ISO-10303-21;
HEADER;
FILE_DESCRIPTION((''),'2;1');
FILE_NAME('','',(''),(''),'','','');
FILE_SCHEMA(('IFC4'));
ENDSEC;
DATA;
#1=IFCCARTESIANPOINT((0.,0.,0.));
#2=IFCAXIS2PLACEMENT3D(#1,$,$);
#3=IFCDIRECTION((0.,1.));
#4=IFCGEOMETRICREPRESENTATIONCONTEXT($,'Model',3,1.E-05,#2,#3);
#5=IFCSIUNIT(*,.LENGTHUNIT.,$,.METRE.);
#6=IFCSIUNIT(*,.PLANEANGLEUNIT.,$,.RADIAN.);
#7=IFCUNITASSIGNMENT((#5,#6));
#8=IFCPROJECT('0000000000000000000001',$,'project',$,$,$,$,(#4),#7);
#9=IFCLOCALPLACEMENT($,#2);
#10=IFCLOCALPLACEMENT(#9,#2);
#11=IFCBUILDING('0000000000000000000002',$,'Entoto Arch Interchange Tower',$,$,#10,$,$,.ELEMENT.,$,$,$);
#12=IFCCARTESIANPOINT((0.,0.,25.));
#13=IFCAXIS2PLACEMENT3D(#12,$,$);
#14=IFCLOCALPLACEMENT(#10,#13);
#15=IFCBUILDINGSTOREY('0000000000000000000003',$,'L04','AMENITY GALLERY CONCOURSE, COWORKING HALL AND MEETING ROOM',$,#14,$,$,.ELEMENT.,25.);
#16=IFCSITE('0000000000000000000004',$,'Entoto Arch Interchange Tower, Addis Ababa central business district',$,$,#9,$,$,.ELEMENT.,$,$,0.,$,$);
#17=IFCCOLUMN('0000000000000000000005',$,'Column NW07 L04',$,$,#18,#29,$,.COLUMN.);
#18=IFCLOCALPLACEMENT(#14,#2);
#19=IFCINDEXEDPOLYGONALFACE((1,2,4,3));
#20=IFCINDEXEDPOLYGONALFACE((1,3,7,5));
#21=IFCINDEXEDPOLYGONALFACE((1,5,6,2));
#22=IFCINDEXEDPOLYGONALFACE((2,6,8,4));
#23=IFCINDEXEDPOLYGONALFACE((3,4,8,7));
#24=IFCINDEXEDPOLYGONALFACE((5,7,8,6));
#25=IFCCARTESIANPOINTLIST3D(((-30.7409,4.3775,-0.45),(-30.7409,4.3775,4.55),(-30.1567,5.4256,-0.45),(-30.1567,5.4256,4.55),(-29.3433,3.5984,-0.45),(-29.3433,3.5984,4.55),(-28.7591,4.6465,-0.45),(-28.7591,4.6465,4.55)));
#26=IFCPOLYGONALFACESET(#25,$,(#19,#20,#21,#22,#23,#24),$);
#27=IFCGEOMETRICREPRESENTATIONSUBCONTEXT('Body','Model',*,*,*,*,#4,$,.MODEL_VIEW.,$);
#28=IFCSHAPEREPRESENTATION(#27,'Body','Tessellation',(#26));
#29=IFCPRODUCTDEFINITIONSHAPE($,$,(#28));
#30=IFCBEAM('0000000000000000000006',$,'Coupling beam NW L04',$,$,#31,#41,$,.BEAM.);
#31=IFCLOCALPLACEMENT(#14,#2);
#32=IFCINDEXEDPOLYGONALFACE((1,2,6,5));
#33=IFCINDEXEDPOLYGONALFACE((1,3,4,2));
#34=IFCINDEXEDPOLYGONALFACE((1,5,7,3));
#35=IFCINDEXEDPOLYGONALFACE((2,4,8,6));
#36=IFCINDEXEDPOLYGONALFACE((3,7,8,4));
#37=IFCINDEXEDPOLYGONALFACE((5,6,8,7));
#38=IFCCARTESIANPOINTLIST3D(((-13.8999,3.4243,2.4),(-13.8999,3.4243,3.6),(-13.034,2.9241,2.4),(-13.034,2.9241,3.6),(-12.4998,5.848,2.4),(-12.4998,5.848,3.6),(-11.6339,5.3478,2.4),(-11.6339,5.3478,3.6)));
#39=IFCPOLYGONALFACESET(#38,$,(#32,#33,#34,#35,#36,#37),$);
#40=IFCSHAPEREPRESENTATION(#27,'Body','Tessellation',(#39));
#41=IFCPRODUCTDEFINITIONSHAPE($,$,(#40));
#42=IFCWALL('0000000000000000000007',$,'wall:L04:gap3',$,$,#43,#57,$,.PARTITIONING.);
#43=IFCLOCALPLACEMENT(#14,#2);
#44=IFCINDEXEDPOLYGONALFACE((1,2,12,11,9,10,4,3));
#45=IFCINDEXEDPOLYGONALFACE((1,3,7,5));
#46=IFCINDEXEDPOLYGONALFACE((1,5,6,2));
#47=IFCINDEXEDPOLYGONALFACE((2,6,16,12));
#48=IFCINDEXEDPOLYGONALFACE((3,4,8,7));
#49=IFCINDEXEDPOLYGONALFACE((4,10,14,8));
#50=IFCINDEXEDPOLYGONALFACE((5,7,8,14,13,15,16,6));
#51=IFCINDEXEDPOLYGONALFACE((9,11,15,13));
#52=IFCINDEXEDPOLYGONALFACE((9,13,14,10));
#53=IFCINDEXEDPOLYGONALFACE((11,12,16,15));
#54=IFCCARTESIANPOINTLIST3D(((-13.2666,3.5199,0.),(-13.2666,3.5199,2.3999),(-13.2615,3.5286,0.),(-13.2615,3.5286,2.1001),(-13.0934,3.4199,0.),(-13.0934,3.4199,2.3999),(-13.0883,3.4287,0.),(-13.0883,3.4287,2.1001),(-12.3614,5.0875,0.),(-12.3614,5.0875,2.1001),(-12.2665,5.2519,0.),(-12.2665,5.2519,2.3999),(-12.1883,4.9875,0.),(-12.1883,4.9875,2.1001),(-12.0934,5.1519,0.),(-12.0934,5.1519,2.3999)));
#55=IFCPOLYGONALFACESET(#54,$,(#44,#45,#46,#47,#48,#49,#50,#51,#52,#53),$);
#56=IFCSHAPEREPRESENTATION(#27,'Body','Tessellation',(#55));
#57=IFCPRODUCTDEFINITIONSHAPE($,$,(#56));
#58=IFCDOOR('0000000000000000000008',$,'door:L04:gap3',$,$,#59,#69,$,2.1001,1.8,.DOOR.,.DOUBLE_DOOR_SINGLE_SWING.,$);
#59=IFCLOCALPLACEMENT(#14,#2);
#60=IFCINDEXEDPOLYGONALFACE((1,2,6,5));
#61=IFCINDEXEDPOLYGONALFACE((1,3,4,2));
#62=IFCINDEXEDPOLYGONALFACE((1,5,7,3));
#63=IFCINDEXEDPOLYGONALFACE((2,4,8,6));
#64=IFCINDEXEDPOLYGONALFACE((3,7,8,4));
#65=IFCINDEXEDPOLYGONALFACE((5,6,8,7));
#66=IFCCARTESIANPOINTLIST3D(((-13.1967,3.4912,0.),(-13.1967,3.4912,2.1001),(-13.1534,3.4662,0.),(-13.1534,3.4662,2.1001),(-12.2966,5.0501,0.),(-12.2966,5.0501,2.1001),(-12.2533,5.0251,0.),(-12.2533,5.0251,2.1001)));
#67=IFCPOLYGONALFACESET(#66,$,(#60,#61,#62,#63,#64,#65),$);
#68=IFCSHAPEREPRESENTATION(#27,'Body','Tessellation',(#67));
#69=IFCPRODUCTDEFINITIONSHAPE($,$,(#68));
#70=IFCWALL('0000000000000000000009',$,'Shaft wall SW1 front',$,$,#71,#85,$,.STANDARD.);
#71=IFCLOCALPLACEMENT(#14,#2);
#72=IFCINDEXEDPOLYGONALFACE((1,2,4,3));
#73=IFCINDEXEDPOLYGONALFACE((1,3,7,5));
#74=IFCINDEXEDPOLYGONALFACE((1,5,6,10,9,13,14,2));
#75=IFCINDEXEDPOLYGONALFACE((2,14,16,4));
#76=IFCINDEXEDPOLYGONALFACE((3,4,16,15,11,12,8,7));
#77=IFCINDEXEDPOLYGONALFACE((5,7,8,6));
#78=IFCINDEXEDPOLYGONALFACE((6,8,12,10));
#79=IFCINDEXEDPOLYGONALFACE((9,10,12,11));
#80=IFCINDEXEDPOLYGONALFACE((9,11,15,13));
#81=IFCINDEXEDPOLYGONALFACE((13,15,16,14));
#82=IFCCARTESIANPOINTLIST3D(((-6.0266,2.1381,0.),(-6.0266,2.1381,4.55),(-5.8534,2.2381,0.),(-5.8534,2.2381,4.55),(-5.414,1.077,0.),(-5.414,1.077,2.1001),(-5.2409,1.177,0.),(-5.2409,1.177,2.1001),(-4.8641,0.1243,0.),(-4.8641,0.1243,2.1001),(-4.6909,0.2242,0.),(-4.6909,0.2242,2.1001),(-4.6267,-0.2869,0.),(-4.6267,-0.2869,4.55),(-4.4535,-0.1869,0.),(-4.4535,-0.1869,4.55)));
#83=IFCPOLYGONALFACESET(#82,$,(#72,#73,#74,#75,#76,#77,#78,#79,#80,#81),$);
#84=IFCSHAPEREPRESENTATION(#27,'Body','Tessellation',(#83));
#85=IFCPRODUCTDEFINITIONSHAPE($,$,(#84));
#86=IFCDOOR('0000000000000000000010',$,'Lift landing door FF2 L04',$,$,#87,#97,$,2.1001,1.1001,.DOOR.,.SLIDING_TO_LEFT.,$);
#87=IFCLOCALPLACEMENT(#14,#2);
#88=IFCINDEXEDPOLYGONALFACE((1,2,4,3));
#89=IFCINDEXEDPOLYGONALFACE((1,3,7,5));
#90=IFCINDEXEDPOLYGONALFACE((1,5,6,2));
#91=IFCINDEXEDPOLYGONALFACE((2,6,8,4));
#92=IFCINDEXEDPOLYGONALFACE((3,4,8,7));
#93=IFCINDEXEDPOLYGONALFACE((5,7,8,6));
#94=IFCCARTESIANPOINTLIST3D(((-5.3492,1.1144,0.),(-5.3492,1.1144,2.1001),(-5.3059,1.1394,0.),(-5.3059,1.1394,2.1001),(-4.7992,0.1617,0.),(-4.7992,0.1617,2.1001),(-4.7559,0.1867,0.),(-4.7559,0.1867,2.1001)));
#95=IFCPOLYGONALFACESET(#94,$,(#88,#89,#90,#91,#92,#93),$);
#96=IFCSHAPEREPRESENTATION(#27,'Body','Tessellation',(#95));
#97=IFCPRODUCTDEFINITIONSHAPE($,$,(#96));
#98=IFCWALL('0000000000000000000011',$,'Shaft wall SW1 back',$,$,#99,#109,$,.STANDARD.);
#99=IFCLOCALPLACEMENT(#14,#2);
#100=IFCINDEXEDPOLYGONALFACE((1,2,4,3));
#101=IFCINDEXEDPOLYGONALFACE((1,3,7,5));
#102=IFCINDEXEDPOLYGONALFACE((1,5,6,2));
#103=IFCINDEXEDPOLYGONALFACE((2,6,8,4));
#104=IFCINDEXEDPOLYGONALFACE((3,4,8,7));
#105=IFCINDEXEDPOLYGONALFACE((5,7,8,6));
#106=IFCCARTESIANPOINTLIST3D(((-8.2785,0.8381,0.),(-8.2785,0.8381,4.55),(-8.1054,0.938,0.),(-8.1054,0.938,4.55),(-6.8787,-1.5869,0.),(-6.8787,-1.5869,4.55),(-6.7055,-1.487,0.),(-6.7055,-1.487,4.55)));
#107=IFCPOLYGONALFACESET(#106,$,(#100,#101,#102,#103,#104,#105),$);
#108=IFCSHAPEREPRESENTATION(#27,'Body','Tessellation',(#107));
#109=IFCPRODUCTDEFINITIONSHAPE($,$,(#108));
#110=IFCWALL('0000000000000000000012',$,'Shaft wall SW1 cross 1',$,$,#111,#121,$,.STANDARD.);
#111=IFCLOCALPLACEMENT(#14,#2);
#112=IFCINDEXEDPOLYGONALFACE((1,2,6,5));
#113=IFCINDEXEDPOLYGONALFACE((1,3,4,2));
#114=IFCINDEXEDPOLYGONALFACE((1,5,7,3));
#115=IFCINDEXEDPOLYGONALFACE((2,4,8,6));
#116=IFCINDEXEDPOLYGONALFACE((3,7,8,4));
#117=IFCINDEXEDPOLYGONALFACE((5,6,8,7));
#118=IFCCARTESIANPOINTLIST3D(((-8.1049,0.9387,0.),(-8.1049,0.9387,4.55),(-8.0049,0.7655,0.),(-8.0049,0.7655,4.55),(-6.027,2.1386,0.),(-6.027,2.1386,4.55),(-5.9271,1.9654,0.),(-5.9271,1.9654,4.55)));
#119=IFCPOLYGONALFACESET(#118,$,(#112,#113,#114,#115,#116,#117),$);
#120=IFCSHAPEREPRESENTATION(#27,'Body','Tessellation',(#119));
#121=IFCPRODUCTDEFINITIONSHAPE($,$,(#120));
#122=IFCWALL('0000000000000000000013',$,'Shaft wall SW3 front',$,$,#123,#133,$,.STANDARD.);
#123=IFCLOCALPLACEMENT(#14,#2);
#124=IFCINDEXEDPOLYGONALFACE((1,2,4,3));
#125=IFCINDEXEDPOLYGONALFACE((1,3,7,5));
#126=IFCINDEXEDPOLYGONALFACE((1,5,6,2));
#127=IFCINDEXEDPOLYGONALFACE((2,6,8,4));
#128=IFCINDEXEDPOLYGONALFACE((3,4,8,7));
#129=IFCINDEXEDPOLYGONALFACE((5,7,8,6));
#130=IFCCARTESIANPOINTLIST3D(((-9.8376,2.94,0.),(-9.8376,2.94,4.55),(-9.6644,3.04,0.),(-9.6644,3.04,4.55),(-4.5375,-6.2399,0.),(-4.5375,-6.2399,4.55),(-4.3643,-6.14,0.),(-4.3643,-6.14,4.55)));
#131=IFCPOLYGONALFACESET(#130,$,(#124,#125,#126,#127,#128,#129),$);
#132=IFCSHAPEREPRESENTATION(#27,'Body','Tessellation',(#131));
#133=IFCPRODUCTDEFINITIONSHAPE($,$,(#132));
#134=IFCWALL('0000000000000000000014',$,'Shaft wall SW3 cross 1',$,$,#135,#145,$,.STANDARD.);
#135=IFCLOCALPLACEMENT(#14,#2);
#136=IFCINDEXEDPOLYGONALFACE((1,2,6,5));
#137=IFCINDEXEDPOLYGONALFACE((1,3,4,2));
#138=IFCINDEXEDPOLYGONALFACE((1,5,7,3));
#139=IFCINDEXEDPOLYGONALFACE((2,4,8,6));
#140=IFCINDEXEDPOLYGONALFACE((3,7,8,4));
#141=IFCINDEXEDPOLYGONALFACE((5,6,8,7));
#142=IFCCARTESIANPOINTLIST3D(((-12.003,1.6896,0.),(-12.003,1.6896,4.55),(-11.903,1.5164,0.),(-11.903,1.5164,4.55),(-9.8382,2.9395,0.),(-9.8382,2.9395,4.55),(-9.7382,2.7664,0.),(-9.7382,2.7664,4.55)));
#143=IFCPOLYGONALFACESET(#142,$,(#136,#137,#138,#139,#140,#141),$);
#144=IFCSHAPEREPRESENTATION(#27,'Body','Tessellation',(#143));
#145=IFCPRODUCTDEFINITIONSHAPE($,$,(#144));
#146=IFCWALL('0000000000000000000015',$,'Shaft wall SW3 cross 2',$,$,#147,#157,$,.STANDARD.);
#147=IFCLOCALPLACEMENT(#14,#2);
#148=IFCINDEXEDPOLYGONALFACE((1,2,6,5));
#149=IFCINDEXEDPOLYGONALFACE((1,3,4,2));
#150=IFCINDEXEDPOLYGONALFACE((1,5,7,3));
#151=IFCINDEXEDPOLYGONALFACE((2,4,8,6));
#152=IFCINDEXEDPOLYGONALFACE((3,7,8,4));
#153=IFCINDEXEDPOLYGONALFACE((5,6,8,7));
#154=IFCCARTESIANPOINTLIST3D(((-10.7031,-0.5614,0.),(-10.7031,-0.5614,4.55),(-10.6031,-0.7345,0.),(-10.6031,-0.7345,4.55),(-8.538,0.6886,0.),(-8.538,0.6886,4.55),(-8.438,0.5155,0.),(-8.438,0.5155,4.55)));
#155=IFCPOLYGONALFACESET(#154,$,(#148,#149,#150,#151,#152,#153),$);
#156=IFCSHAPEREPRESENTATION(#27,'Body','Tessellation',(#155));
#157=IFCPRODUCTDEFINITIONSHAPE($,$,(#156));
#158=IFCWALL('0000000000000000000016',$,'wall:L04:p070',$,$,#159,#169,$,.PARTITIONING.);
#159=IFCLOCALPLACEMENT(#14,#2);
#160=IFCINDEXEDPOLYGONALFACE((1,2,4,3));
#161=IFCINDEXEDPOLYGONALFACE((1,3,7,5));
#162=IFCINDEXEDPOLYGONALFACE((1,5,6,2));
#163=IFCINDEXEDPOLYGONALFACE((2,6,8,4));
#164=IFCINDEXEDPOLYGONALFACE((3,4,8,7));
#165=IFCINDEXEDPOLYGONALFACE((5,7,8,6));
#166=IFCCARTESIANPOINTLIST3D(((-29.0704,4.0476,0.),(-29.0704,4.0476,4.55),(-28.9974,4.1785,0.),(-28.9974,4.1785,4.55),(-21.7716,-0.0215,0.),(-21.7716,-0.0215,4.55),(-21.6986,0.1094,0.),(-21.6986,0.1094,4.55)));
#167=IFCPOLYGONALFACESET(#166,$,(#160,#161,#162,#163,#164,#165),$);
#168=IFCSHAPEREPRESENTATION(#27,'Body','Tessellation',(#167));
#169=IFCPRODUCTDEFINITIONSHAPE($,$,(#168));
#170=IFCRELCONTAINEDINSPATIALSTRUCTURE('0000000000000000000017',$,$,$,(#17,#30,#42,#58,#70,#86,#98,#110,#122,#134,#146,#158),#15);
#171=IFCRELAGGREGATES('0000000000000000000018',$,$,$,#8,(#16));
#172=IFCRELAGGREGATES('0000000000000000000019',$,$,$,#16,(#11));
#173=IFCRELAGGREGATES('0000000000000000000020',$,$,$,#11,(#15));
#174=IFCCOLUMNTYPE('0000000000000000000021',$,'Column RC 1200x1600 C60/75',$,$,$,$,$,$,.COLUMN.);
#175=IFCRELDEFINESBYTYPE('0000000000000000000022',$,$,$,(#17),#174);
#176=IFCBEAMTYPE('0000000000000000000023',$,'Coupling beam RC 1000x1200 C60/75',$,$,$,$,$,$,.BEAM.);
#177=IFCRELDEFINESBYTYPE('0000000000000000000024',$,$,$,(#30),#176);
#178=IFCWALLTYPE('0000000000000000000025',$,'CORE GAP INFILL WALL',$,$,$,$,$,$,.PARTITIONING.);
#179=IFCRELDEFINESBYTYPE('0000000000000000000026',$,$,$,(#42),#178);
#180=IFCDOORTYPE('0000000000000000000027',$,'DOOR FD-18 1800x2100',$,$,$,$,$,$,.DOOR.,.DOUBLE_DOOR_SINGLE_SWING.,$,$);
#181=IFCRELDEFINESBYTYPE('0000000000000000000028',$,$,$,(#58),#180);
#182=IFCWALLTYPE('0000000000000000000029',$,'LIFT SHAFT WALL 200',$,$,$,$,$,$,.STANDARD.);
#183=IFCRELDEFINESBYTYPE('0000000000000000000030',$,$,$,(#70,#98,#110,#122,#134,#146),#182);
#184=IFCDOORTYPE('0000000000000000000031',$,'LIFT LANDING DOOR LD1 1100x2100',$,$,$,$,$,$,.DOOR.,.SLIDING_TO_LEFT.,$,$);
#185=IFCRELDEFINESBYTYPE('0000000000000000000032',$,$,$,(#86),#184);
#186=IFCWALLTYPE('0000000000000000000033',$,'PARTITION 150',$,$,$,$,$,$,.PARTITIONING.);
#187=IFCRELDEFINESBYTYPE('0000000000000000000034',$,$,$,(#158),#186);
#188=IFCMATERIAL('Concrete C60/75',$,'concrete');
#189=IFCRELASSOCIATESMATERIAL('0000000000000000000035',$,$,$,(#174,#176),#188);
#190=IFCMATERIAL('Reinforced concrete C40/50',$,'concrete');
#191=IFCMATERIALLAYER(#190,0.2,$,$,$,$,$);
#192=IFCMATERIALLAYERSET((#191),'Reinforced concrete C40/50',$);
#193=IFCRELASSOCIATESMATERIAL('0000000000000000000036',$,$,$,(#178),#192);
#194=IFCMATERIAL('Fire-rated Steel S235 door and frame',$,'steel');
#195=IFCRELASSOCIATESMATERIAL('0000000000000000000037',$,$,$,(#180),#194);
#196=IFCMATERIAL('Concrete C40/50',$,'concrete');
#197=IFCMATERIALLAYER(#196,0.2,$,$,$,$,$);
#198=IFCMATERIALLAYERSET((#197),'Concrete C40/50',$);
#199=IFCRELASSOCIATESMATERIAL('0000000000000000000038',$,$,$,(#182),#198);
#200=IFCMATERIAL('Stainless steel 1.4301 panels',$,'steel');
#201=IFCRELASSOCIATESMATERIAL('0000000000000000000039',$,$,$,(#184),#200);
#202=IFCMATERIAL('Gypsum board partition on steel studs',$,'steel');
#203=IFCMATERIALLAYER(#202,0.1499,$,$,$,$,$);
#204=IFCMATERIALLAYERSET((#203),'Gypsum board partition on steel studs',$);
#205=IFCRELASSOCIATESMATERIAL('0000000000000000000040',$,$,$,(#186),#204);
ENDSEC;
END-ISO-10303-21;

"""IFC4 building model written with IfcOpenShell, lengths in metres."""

from ifc_helpers import new_model, si_unit, direction, frame, frame_2d, origin, origin_2d, place, context, subcontext, project, spatial, rectangle, extrude, material, layer, layer_set, material_profile, profile_set, type_object, element, fill, save


model = new_model("IFC4")

# Units and contexts
model_context = context("Model", 3, precision=1e-05, world=origin(), true_north=direction((0.0, 1.0)))
body_context = subcontext(model_context, "Body", "Model", "MODEL_VIEW")
ifc_project = project(units=[si_unit("LENGTHUNIT", "METRE"), si_unit("PLANEANGLEUNIT", "RADIAN")], contexts=[model_context])

# Site, building, storey
site_placement = place(None, origin())
site = spatial("IfcSite", under=ifc_project, at=site_placement, Name="Entoto Arch Interchange Tower, Addis Ababa central business district", CompositionType="ELEMENT", RefElevation=0.0)
building_placement = place(site_placement, origin())
building = spatial("IfcBuilding", under=site, at=building_placement, Name="Entoto Arch Interchange Tower", CompositionType="ELEMENT")
storey_placement = place(building_placement, frame((0.0, 0.0, 25.0)))
storey = spatial("IfcBuildingStorey", under=building, at=storey_placement, Name="L04", Description="AMENITY GALLERY CONCOURSE, COWORKING HALL AND MEETING ROOM", CompositionType="ELEMENT", Elevation=25.0)

# Column
ifc_material_1 = material(Name="Concrete C60/75", Category="concrete")
ifc_material_profile_1 = material_profile(ifc_material_1, rectangle(XDim=1.2, YDim=1.6001, at=origin_2d()))
ifc_profile_set_1 = profile_set([ifc_material_profile_1], Name="Concrete C60/75")
column_type = type_object("IfcColumnType", Name="Column RC 1200x1600 C60/75", PredefinedType="COLUMN", material=ifc_profile_set_1)
column_placement = place(storey_placement, frame((-29.75, 4.512, -0.45), z_axis=(0.0, 0.0, 1.0), x_axis=(0.486915, 0.873449, 0.0)))
element("IfcColumn", 1, at=column_placement, inside=storey, type_object=column_type, Name="Column NW07 L04", PredefinedType="COLUMN", context=body_context, shape_type="SweptSolid", body=[
    extrude(rectangle(XDim=1.2, YDim=1.6001, at=origin_2d()), origin(), (0.0, 0.0, 1.0), 5.0),
])

# Beam
ifc_material_profile_2 = material_profile(ifc_material_1, rectangle(XDim=1.0, YDim=1.2, at=origin_2d()))
ifc_profile_set_2 = profile_set([ifc_material_profile_2], Name="Concrete C60/75")
beam_type = type_object("IfcBeamType", Name="Coupling beam RC 1000x1200 C60/75", PredefinedType="BEAM", material=ifc_profile_set_2)
beam_placement = place(storey_placement, frame((-12.0669, 5.5979, 3.0), z_axis=(-0.500201, -0.86591, 0.0), x_axis=(0.86591, -0.500201, 0.0)))
element("IfcBeam", 2, at=beam_placement, inside=storey, type_object=beam_type, Name="Coupling beam NW L04", PredefinedType="BEAM", context=body_context, shape_type="SweptSolid", body=[
    extrude(rectangle(XDim=1.0, YDim=1.2, at=origin_2d()), origin(), (0.0, 0.0, 1.0), 2.7991),
])

# Walls, openings, doors
ifc_material_2 = material(Name="Reinforced concrete C40/50", Category="concrete")
ifc_layer_1 = layer(ifc_material_2, 0.2)
ifc_layer_set_1 = layer_set([ifc_layer_1], Name="Reinforced concrete C40/50")
wall_type_1 = type_object("IfcWallType", Name="CORE GAP INFILL WALL", PredefinedType="PARTITIONING", material=ifc_layer_set_1)
wall_1_placement = place(storey_placement, frame((-12.1799, 5.2019, 0.0), z_axis=(0.0, 0.0, 1.0), x_axis=(-0.500025, -0.866011, 0.0)))
wall_1 = element("IfcWall", 3, at=wall_1_placement, inside=storey, type_object=wall_type_1, Name="wall:L04:gap3", PredefinedType="PARTITIONING", context=body_context, shape_type="SweptSolid", body=[
    extrude(rectangle(XDim=2.0, YDim=0.2, at=frame_2d((1.0, 0.0))), origin(), (0.0, 0.0, 1.0), 2.3999),
])
opening_1_placement = place(wall_1_placement, frame((0.1899, 0.0, 0.0)))
opening_1 = element("IfcOpeningElement", 4, at=opening_1_placement, cuts=wall_1, PredefinedType="OPENING", context=body_context, shape_type="SweptSolid", body=[
    extrude(rectangle(XDim=1.8, YDim=2.1001, at=frame_2d((0.8999, 1.05))), frame((0.0, 0.1099, 0.0), z_axis=(0.0, -1.0, 0.0), x_axis=(1.0, 0.0, 0.0)), (0.0, 0.0, 1.0), 0.22),
])
ifc_material_3 = material(Name="Fire-rated Steel S235 door and frame", Category="steel")
door_type_1 = type_object("IfcDoorType", Name="DOOR FD-18 1800x2100", OperationType="DOUBLE_DOOR_SINGLE_SWING", PredefinedType="DOOR", material=ifc_material_3)
door_1_placement = place(opening_1_placement, origin())
door_1 = element("IfcDoor", 5, at=door_1_placement, inside=storey, type_object=door_type_1, Name="door:L04:gap3", OperationType="DOUBLE_DOOR_SINGLE_SWING", OverallHeight=2.1001, OverallWidth=1.8, PredefinedType="DOOR", context=body_context, shape_type="SweptSolid", body=[
    extrude(rectangle(XDim=1.8, YDim=2.1001, at=frame_2d((0.8999, 1.05))), frame((0.0, 0.0249, 0.0), z_axis=(0.0, -1.0, 0.0), x_axis=(1.0, 0.0, 0.0)), (0.0, 0.0, 1.0), 0.05),
])
fill(opening_1, door_1)
ifc_material_4 = material(Name="Concrete C40/50", Category="concrete")
ifc_layer_2 = layer(ifc_material_4, 0.2)
ifc_layer_set_2 = layer_set([ifc_layer_2], Name="Concrete C40/50")
wall_type_2 = type_object("IfcWallType", Name="LIFT SHAFT WALL 200", PredefinedType="STANDARD", material=ifc_layer_set_2)
wall_2_placement = place(storey_placement, frame((-5.9399, 2.188, 0.0), z_axis=(0.0, 0.0, 1.0), x_axis=(0.499946, -0.866056, 0.0)))
wall_2 = element("IfcWall", 6, at=wall_2_placement, inside=storey, type_object=wall_type_2, Name="Shaft wall SW1 front", PredefinedType="STANDARD", context=body_context, shape_type="SweptSolid", body=[
    extrude(rectangle(XDim=2.8, YDim=0.2, at=frame_2d((1.3999, 0.0))), origin(), (0.0, 0.0, 1.0), 4.55),
])
opening_2_placement = place(wall_2_placement, frame((1.2251, 0.0, 0.0)))
opening_2 = element("IfcOpeningElement", 7, at=opening_2_placement, cuts=wall_2, PredefinedType="OPENING", context=body_context, shape_type="SweptSolid", body=[
    extrude(rectangle(XDim=1.1001, YDim=2.1001, at=frame_2d((0.55, 1.05))), frame((0.0, 0.1099, 0.0), z_axis=(0.0, -1.0, 0.0), x_axis=(1.0, 0.0, 0.0)), (0.0, 0.0, 1.0), 0.22),
])
ifc_material_5 = material(Name="Stainless steel 1.4301 panels", Category="steel")
door_type_2 = type_object("IfcDoorType", Name="LIFT LANDING DOOR LD1 1100x2100", OperationType="SLIDING_TO_LEFT", PredefinedType="DOOR", material=ifc_material_5)
door_2_placement = place(opening_2_placement, origin())
door_2 = element("IfcDoor", 8, at=door_2_placement, inside=storey, type_object=door_type_2, Name="Lift landing door FF2 L04", OperationType="SLIDING_TO_LEFT", OverallHeight=2.1001, OverallWidth=1.1001, PredefinedType="DOOR", context=body_context, shape_type="SweptSolid", body=[
    extrude(rectangle(XDim=1.1001, YDim=2.1001, at=frame_2d((0.55, 1.05))), frame((0.0, 0.0249, 0.0), z_axis=(0.0, -1.0, 0.0), x_axis=(1.0, 0.0, 0.0)), (0.0, 0.0, 1.0), 0.05),
])
fill(opening_2, door_2)

# Walls
wall_3_placement = place(storey_placement, frame((-8.1919, 0.8879, 0.0), z_axis=(0.0, 0.0, 1.0), x_axis=(0.499946, -0.866056, 0.0)))
element("IfcWall", 9, at=wall_3_placement, inside=storey, type_object=wall_type_2, Name="Shaft wall SW1 back", PredefinedType="STANDARD", context=body_context, shape_type="SweptSolid", body=[
    extrude(rectangle(XDim=2.8, YDim=0.2, at=frame_2d((1.3999, 0.0))), origin(), (0.0, 0.0, 1.0), 4.55),
])
wall_4_placement = place(storey_placement, frame((-5.9771, 2.052, 0.0), z_axis=(0.0, 0.0, 1.0), x_axis=(-0.865974, -0.500089, 0.0)))
element("IfcWall", 10, at=wall_4_placement, inside=storey, type_object=wall_type_2, Name="Shaft wall SW1 cross 1", PredefinedType="STANDARD", context=body_context, shape_type="SweptSolid", body=[
    extrude(rectangle(XDim=2.3994, YDim=0.2, at=frame_2d((1.1997, 0.0))), origin(), (0.0, 0.0, 1.0), 4.55),
])
wall_5_placement = place(storey_placement, frame((-9.751, 2.99, 0.0), z_axis=(0.0, 0.0, 1.0), x_axis=(0.500001, -0.866025, 0.0)))
element("IfcWall", 11, at=wall_5_placement, inside=storey, type_object=wall_type_2, Name="Shaft wall SW3 front", PredefinedType="STANDARD", context=body_context, shape_type="SweptSolid", body=[
    extrude(rectangle(XDim=10.6001, YDim=0.2, at=frame_2d((5.3, 0.0))), origin(), (0.0, 0.0, 1.0), 4.55),
])
wall_6_placement = place(storey_placement, frame((-9.7881, 2.853, 0.0), z_axis=(0.0, 0.0, 1.0), x_axis=(-0.865999, -0.500047, 0.0)))
element("IfcWall", 12, at=wall_6_placement, inside=storey, type_object=wall_type_2, Name="Shaft wall SW3 cross 1", PredefinedType="STANDARD", context=body_context, shape_type="SweptSolid", body=[
    extrude(rectangle(XDim=2.4998, YDim=0.2, at=frame_2d((1.25, 0.0))), origin(), (0.0, 0.0, 1.0), 4.55),
])
wall_7_placement = place(storey_placement, frame((-8.488, 0.6021, 0.0), z_axis=(0.0, 0.0, 1.0), x_axis=(-0.866023, -0.500004, 0.0)))
element("IfcWall", 13, at=wall_7_placement, inside=storey, type_object=wall_type_2, Name="Shaft wall SW3 cross 2", PredefinedType="STANDARD", context=body_context, shape_type="SweptSolid", body=[
    extrude(rectangle(XDim=2.5, YDim=0.2, at=frame_2d((1.25, 0.0))), origin(), (0.0, 0.0, 1.0), 4.55),
])
ifc_material_6 = material(Name="Gypsum board partition on steel studs", Category="steel")
ifc_layer_3 = layer(ifc_material_6, 0.1499)
ifc_layer_set_3 = layer_set([ifc_layer_3], Name="Gypsum board partition on steel studs")
wall_type_3 = type_object("IfcWallType", Name="PARTITION 150", PredefinedType="PARTITIONING", material=ifc_layer_set_3)
wall_8_placement = place(storey_placement, frame((-21.7351, 0.0439, 0.0), z_axis=(0.0, 0.0, 1.0), x_axis=(-0.873436, 0.48694, 0.0)))
element("IfcWall", 14, at=wall_8_placement, inside=storey, type_object=wall_type_3, Name="wall:L04:p070", PredefinedType="PARTITIONING", context=body_context, shape_type="SweptSolid", body=[
    extrude(rectangle(XDim=8.3564, YDim=0.1499, at=frame_2d((4.1782, 0.0))), origin(), (0.0, 0.0, 1.0), 4.55),
])

save(model, "model.ifc")
